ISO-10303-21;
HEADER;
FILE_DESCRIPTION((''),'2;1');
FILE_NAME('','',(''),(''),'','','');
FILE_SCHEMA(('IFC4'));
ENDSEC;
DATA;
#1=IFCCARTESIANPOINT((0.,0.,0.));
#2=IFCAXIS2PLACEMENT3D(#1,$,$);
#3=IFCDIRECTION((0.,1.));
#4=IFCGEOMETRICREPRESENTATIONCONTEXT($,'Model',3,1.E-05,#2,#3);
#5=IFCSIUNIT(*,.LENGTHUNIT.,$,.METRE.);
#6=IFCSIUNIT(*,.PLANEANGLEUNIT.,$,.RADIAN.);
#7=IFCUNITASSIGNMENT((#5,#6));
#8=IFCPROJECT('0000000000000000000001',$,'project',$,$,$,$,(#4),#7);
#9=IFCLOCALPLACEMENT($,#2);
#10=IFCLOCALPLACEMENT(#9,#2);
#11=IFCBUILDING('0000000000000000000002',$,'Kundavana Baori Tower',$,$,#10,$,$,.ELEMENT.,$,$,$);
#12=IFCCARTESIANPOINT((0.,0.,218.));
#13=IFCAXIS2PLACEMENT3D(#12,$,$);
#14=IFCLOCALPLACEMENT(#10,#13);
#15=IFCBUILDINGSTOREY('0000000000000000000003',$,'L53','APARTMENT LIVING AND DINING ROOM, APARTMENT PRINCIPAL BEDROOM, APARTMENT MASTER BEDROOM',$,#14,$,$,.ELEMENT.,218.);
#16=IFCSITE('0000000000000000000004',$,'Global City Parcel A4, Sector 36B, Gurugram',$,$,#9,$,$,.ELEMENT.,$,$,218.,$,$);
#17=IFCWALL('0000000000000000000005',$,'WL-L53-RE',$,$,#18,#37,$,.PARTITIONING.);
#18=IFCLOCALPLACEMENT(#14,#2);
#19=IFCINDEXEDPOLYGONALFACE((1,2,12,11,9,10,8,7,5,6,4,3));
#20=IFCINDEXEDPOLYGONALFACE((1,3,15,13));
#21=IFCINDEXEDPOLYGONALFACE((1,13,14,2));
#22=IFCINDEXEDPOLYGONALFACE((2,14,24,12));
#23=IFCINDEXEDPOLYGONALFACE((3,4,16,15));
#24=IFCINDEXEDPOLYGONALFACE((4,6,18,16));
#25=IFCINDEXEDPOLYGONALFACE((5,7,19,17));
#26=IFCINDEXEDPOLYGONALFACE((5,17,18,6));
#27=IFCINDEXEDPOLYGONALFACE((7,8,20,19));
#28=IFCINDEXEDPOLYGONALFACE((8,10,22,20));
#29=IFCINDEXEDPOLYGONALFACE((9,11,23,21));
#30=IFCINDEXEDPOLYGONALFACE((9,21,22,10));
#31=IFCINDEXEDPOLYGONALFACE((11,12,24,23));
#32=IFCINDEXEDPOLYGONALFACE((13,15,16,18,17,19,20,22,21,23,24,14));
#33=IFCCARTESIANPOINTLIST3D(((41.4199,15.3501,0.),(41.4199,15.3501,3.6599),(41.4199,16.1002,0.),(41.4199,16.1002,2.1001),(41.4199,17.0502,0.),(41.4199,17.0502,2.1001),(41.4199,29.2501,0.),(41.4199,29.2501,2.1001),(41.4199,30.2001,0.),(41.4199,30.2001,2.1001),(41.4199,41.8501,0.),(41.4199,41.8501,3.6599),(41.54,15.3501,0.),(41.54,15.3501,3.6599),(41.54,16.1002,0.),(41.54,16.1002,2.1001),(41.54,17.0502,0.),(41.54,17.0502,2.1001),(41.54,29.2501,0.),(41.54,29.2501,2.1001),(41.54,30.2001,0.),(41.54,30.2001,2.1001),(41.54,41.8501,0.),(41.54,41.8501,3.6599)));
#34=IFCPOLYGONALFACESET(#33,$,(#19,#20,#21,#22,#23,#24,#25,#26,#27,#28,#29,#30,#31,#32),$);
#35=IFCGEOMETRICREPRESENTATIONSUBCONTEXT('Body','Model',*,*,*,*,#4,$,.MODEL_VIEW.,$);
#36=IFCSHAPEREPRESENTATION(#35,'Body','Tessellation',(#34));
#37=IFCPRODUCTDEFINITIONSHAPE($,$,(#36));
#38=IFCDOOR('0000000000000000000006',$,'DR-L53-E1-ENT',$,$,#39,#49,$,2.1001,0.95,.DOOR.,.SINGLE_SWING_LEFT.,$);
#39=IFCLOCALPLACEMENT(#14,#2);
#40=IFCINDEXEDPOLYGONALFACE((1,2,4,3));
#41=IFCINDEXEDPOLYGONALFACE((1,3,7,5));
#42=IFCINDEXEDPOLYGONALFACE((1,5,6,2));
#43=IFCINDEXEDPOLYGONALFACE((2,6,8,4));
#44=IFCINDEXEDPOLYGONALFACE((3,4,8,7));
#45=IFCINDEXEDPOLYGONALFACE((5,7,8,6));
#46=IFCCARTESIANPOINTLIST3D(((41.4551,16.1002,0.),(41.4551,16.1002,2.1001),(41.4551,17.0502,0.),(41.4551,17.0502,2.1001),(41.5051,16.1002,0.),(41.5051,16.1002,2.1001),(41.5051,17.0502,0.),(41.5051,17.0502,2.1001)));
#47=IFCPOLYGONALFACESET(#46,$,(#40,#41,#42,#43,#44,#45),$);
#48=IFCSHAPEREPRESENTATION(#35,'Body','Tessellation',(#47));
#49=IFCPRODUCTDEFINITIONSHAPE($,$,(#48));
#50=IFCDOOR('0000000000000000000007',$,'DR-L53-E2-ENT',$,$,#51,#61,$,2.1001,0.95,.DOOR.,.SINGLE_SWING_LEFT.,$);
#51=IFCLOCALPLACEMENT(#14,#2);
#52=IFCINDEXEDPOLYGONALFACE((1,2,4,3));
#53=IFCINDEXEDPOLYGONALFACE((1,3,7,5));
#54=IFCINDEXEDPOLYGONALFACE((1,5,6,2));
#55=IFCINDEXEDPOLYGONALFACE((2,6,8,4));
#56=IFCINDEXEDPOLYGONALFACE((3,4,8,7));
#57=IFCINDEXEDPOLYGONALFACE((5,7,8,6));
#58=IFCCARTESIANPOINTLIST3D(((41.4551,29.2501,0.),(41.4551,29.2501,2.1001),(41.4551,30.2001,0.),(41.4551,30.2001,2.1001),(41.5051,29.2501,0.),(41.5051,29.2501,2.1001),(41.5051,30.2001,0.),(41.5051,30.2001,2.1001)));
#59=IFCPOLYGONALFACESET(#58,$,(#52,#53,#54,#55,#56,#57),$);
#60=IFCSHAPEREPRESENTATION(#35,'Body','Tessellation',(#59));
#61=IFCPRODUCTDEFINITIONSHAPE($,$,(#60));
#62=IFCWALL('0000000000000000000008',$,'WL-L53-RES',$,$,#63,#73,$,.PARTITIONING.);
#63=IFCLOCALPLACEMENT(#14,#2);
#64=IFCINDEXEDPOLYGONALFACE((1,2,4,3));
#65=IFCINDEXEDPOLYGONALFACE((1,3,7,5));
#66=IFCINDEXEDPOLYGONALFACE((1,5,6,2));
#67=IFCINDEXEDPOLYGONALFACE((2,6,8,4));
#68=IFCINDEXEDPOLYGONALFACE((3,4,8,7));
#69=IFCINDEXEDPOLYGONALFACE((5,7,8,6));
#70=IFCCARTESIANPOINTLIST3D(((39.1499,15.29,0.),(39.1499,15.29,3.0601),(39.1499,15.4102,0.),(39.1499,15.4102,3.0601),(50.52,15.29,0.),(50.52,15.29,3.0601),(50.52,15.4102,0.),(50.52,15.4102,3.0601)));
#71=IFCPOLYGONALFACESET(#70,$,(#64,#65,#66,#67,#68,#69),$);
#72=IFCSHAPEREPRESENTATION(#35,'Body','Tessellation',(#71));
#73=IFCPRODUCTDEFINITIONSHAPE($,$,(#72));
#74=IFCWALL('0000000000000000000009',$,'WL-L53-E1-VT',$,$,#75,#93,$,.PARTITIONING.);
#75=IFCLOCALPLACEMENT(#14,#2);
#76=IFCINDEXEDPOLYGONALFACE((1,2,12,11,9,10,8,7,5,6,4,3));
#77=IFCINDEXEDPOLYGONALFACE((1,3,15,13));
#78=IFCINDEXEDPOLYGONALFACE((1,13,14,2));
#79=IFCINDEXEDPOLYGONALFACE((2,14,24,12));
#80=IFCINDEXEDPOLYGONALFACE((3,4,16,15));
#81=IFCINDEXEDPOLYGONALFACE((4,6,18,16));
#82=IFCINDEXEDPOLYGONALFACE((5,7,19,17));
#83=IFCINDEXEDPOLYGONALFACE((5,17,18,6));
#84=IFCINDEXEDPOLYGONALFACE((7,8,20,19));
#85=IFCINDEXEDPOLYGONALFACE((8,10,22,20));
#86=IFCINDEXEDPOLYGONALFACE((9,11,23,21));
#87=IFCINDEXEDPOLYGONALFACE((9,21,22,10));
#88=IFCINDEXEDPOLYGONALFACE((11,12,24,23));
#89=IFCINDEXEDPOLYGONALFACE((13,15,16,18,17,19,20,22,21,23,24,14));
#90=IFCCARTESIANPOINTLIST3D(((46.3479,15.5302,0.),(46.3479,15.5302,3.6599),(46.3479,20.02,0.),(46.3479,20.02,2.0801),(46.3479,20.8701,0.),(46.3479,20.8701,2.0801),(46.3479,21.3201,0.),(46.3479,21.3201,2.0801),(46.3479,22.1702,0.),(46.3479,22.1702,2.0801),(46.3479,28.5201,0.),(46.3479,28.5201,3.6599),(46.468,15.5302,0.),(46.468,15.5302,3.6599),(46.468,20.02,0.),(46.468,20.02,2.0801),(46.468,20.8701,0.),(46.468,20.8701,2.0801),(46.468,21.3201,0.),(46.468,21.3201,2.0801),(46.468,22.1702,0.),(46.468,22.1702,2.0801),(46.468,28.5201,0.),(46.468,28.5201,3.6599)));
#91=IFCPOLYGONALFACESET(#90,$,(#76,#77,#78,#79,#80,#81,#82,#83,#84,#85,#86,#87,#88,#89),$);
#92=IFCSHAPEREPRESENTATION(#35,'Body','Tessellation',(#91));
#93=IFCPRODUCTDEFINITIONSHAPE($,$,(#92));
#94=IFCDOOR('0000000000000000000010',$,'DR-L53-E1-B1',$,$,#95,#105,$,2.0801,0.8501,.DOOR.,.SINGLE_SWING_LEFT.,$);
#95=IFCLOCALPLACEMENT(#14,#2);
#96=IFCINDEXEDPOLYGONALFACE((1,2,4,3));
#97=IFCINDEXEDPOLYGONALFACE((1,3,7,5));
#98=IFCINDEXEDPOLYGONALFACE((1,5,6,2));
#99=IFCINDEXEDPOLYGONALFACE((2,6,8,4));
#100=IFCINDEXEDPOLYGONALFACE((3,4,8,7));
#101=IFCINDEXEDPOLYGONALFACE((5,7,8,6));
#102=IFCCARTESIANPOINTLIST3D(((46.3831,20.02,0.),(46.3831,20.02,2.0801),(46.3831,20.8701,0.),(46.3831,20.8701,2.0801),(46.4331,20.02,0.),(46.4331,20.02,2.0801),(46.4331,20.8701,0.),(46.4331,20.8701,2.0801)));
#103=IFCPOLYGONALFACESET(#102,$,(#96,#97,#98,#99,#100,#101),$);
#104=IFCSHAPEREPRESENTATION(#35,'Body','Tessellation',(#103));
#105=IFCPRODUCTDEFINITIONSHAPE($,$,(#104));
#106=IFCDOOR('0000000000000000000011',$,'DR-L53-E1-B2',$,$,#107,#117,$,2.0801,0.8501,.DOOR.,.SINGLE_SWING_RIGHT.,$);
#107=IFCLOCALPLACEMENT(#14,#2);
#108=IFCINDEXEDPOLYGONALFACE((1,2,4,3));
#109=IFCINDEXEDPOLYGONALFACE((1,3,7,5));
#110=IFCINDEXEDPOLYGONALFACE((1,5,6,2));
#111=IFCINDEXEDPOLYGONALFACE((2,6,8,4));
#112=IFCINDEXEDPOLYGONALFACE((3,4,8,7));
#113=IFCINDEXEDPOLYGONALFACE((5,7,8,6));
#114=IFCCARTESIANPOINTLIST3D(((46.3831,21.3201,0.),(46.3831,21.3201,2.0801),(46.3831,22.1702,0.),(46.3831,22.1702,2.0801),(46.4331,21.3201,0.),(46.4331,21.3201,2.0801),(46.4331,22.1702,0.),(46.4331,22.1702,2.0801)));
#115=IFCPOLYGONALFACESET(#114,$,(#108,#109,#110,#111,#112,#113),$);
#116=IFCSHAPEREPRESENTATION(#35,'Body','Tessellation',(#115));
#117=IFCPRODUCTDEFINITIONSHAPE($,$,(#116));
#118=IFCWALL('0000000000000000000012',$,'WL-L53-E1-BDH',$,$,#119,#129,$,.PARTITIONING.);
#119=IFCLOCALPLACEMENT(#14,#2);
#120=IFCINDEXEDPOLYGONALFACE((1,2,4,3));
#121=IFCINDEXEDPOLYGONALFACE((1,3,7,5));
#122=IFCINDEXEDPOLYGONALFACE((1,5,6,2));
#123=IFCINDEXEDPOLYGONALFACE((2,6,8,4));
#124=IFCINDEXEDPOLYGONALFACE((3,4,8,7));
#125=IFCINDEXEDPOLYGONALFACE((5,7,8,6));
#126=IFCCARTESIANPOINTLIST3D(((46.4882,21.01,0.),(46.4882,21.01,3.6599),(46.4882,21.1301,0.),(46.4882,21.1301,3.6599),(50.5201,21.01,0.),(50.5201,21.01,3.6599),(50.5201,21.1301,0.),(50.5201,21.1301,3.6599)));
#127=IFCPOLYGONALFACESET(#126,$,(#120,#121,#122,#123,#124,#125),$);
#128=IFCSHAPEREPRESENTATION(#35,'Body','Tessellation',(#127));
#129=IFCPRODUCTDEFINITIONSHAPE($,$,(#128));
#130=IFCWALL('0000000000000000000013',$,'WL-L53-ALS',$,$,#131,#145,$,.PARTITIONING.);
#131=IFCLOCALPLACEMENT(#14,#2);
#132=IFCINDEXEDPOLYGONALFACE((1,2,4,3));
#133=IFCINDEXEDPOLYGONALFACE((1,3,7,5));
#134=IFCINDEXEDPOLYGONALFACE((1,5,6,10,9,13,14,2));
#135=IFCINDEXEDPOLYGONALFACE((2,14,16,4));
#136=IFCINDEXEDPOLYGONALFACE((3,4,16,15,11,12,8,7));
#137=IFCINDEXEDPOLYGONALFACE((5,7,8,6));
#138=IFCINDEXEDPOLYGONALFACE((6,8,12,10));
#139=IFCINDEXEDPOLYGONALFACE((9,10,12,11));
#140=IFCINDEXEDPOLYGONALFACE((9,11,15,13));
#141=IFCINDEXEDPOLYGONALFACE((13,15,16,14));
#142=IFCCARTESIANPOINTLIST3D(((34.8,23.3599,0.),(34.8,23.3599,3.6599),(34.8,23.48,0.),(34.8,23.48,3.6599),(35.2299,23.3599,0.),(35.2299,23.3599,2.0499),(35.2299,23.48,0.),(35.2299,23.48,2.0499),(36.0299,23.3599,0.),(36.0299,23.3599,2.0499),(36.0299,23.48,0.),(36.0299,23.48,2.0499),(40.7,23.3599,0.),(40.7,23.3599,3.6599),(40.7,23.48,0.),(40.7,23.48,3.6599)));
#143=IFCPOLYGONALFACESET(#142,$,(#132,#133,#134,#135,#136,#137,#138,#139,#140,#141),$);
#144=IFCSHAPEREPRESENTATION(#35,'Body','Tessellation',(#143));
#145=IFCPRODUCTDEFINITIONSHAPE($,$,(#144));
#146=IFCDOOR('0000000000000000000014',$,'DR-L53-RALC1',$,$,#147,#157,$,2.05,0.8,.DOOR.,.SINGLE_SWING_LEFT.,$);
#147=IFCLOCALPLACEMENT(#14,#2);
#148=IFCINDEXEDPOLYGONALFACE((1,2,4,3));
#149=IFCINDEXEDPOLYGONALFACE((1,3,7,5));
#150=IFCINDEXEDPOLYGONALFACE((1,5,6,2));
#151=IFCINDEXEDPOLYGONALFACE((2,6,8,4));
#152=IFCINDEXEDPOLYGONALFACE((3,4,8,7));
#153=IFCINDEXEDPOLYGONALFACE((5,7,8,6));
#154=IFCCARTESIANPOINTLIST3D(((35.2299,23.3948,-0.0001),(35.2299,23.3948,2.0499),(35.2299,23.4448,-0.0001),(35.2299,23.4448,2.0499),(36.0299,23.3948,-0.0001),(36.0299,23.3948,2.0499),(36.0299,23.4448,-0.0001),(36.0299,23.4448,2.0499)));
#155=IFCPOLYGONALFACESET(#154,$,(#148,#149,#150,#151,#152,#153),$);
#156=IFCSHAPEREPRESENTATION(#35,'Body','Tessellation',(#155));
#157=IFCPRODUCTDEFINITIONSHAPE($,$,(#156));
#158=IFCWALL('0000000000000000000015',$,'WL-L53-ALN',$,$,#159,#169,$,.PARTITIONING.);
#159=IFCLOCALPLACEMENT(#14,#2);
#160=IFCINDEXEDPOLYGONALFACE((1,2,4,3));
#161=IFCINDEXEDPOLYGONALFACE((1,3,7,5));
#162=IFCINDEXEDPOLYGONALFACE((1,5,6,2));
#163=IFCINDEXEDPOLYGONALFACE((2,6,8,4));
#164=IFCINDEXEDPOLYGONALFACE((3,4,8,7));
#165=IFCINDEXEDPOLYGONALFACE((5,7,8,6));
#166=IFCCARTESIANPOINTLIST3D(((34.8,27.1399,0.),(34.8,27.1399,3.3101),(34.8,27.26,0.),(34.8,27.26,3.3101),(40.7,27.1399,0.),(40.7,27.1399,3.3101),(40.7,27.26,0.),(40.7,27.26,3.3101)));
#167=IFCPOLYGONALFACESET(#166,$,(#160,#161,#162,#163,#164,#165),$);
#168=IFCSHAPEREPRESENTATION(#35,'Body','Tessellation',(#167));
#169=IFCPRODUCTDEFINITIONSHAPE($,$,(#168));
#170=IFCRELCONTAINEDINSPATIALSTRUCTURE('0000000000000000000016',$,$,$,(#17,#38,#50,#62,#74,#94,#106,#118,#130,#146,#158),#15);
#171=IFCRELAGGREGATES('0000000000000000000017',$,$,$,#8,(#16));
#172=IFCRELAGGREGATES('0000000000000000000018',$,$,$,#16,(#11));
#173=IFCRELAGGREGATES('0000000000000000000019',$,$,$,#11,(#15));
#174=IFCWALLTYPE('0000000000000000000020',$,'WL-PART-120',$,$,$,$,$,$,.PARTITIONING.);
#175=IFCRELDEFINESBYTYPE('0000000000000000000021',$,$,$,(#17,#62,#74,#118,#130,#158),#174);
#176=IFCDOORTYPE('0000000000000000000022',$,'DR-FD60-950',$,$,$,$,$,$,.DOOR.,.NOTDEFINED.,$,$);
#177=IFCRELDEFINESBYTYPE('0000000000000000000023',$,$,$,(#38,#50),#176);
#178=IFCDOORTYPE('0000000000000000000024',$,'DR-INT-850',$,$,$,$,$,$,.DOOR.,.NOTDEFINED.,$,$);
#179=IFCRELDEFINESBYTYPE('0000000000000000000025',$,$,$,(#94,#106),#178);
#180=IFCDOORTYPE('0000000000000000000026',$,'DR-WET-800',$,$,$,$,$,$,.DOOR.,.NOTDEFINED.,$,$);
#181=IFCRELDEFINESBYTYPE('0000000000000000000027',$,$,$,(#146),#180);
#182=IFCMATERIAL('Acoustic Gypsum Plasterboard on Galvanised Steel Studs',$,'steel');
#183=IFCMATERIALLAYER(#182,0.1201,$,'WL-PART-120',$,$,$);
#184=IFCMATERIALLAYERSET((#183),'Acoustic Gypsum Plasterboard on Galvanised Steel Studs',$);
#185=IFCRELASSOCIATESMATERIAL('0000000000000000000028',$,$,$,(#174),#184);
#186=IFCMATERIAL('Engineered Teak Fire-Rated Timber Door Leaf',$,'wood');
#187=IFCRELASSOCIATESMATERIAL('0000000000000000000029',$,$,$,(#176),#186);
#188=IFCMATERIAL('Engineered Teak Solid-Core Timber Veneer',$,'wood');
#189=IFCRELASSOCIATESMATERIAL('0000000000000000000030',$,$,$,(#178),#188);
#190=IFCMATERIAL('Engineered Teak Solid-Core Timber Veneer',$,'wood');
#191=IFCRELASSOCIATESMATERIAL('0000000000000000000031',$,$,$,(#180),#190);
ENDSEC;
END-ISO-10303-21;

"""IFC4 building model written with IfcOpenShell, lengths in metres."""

from ifc_helpers import new_model, si_unit, direction, frame, frame_2d, origin, place, context, subcontext, project, spatial, rectangle, extrude, material, layer, layer_set, type_object, element, fill, save


model = new_model("IFC4")

# Units and contexts
model_context = context("Model", 3, precision=1e-05, world=origin(), true_north=direction((0.0, 1.0)))
body_context = subcontext(model_context, "Body", "Model", "MODEL_VIEW")
ifc_project = project(units=[si_unit("LENGTHUNIT", "METRE"), si_unit("PLANEANGLEUNIT", "RADIAN")], contexts=[model_context])

# Site, building, storey
site_placement = place(None, origin())
site = spatial("IfcSite", under=ifc_project, at=site_placement, Name="Global City Parcel A4, Sector 36B, Gurugram", CompositionType="ELEMENT", RefElevation=218.0)
building_placement = place(site_placement, origin())
building = spatial("IfcBuilding", under=site, at=building_placement, Name="Kundavana Baori Tower", CompositionType="ELEMENT")
storey_placement = place(building_placement, frame((0.0, 0.0, 218.0)))
storey = spatial("IfcBuildingStorey", under=building, at=storey_placement, Name="L53", Description="APARTMENT LIVING AND DINING ROOM, APARTMENT PRINCIPAL BEDROOM, APARTMENT MASTER BEDROOM", CompositionType="ELEMENT", Elevation=218.0)

# Wall, openings, doors
ifc_material_1 = material(Name="Acoustic Gypsum Plasterboard on Galvanised Steel Studs", Category="steel")
ifc_layer_1 = layer(ifc_material_1, 0.1201, Name="WL-PART-120")
ifc_layer_set_1 = layer_set([ifc_layer_1], Name="Acoustic Gypsum Plasterboard on Galvanised Steel Studs")
wall_type_1 = type_object("IfcWallType", Name="WL-PART-120", PredefinedType="PARTITIONING", material=ifc_layer_set_1)
wall_1_placement = place(storey_placement, frame((41.48, 15.3501, 0.0), z_axis=(0.0, 0.0, 1.0), x_axis=(0.0, 1.0, 0.0)))
wall_1 = element("IfcWall", 1, at=wall_1_placement, inside=storey, type_object=wall_type_1, Name="WL-L53-RE", PredefinedType="PARTITIONING", context=body_context, shape_type="SweptSolid", body=[
    extrude(rectangle(XDim=26.5, YDim=0.1201, at=frame_2d((13.25, 0.0))), origin(), (0.0, 0.0, 1.0), 3.6599),
])
opening_1_placement = place(wall_1_placement, frame((0.75, 0.0, 0.0)))
opening_1 = element("IfcOpeningElement", 2, at=opening_1_placement, cuts=wall_1, PredefinedType="OPENING", context=body_context, shape_type="SweptSolid", body=[
    extrude(rectangle(XDim=0.95, YDim=2.1001, at=frame_2d((0.4751, 1.05))), frame((0.0, 0.0701, 0.0), z_axis=(0.0, -1.0, 0.0), x_axis=(1.0, 0.0, 0.0)), (0.0, 0.0, 1.0), 0.1401),
])
opening_2_placement = place(wall_1_placement, frame((13.8999, 0.0, 0.0)))
opening_2 = element("IfcOpeningElement", 3, at=opening_2_placement, cuts=wall_1, PredefinedType="OPENING", context=body_context, shape_type="SweptSolid", body=[
    extrude(rectangle(XDim=0.95, YDim=2.1001, at=frame_2d((0.4751, 1.05))), frame((0.0, 0.0701, 0.0), z_axis=(0.0, -1.0, 0.0), x_axis=(1.0, 0.0, 0.0)), (0.0, 0.0, 1.0), 0.1401),
])
ifc_material_2 = material(Name="Engineered Teak Fire-Rated Timber Door Leaf", Category="wood")
door_type_1 = type_object("IfcDoorType", Name="DR-FD60-950", OperationType="NOTDEFINED", PredefinedType="DOOR", material=ifc_material_2)
door_1_placement = place(opening_1_placement, origin())
door_1 = element("IfcDoor", 4, at=door_1_placement, inside=storey, type_object=door_type_1, Name="DR-L53-E1-ENT", OperationType="SINGLE_SWING_LEFT", OverallHeight=2.1001, OverallWidth=0.95, PredefinedType="DOOR", context=body_context, shape_type="SweptSolid", body=[
    extrude(rectangle(XDim=0.95, YDim=2.1001, at=frame_2d((0.4751, 1.05))), frame((0.0, 0.0249, 0.0), z_axis=(0.0, -1.0, 0.0), x_axis=(1.0, 0.0, 0.0)), (0.0, 0.0, 1.0), 0.05),
])
fill(opening_1, door_1)
door_2_placement = place(opening_2_placement, origin())
door_2 = element("IfcDoor", 5, at=door_2_placement, inside=storey, type_object=door_type_1, Name="DR-L53-E2-ENT", OperationType="SINGLE_SWING_LEFT", OverallHeight=2.1001, OverallWidth=0.95, PredefinedType="DOOR", context=body_context, shape_type="SweptSolid", body=[
    extrude(rectangle(XDim=0.95, YDim=2.1001, at=frame_2d((0.4751, 1.05))), frame((0.0, 0.0249, 0.0), z_axis=(0.0, -1.0, 0.0), x_axis=(1.0, 0.0, 0.0)), (0.0, 0.0, 1.0), 0.05),
])
fill(opening_2, door_2)

# Wall
wall_2_placement = place(storey_placement, frame((39.1499, 15.3501, 0.0), z_axis=(0.0, 0.0, 1.0), x_axis=(1.0, 0.0, 0.0)))
element("IfcWall", 6, at=wall_2_placement, inside=storey, type_object=wall_type_1, Name="WL-L53-RES", PredefinedType="PARTITIONING", context=body_context, shape_type="SweptSolid", body=[
    extrude(rectangle(XDim=11.3701, YDim=0.1201, at=frame_2d((5.6851, 0.0))), origin(), (0.0, 0.0, 1.0), 3.0601),
])

# Wall, openings, doors
wall_3_placement = place(storey_placement, frame((46.408, 15.53, 0.0), z_axis=(0.0, 0.0, 1.0), x_axis=(0.0, 1.0, 0.0)))
wall_3 = element("IfcWall", 7, at=wall_3_placement, inside=storey, type_object=wall_type_1, Name="WL-L53-E1-VT", PredefinedType="PARTITIONING", context=body_context, shape_type="SweptSolid", body=[
    extrude(rectangle(XDim=12.99, YDim=0.1201, at=frame_2d((6.4951, 0.0))), origin(), (0.0, 0.0, 1.0), 3.6599),
])
opening_3_placement = place(wall_3_placement, frame((4.49, 0.0, 0.0)))
opening_3 = element("IfcOpeningElement", 8, at=opening_3_placement, cuts=wall_3, PredefinedType="OPENING", context=body_context, shape_type="SweptSolid", body=[
    extrude(rectangle(XDim=0.8501, YDim=2.0801, at=frame_2d((0.425, 1.04))), frame((0.0, 0.0701, 0.0), z_axis=(0.0, -1.0, 0.0), x_axis=(1.0, 0.0, 0.0)), (0.0, 0.0, 1.0), 0.1401),
])
opening_4_placement = place(wall_3_placement, frame((5.79, 0.0, 0.0)))
opening_4 = element("IfcOpeningElement", 9, at=opening_4_placement, cuts=wall_3, PredefinedType="OPENING", context=body_context, shape_type="SweptSolid", body=[
    extrude(rectangle(XDim=0.8501, YDim=2.0801, at=frame_2d((0.425, 1.04))), frame((0.0, 0.0701, 0.0), z_axis=(0.0, -1.0, 0.0), x_axis=(1.0, 0.0, 0.0)), (0.0, 0.0, 1.0), 0.1401),
])
ifc_material_3 = material(Name="Engineered Teak Solid-Core Timber Veneer", Category="wood")
door_type_2 = type_object("IfcDoorType", Name="DR-INT-850", OperationType="NOTDEFINED", PredefinedType="DOOR", material=ifc_material_3)
door_3_placement = place(opening_3_placement, origin())
door_3 = element("IfcDoor", 10, at=door_3_placement, inside=storey, type_object=door_type_2, Name="DR-L53-E1-B1", OperationType="SINGLE_SWING_LEFT", OverallHeight=2.0801, OverallWidth=0.8501, PredefinedType="DOOR", context=body_context, shape_type="SweptSolid", body=[
    extrude(rectangle(XDim=0.8501, YDim=2.0801, at=frame_2d((0.425, 1.04))), frame((0.0, 0.0249, 0.0), z_axis=(0.0, -1.0, 0.0), x_axis=(1.0, 0.0, 0.0)), (0.0, 0.0, 1.0), 0.05),
])
fill(opening_3, door_3)
door_4_placement = place(opening_4_placement, origin())
door_4 = element("IfcDoor", 11, at=door_4_placement, inside=storey, type_object=door_type_2, Name="DR-L53-E1-B2", OperationType="SINGLE_SWING_RIGHT", OverallHeight=2.0801, OverallWidth=0.8501, PredefinedType="DOOR", context=body_context, shape_type="SweptSolid", body=[
    extrude(rectangle(XDim=0.8501, YDim=2.0801, at=frame_2d((0.425, 1.04))), frame((0.0, 0.0249, 0.0), z_axis=(0.0, -1.0, 0.0), x_axis=(1.0, 0.0, 0.0)), (0.0, 0.0, 1.0), 0.05),
])
fill(opening_4, door_4)

# Wall
wall_4_placement = place(storey_placement, frame((46.488, 21.0701, 0.0), z_axis=(0.0, 0.0, 1.0), x_axis=(1.0, 0.0, 0.0)))
element("IfcWall", 12, at=wall_4_placement, inside=storey, type_object=wall_type_1, Name="WL-L53-E1-BDH", PredefinedType="PARTITIONING", context=body_context, shape_type="SweptSolid", body=[
    extrude(rectangle(XDim=4.032, YDim=0.1201, at=frame_2d((2.0161, 0.0))), origin(), (0.0, 0.0, 1.0), 3.6599),
])

# Wall, opening, door
wall_5_placement = place(storey_placement, frame((34.8, 23.4199, 0.0), z_axis=(0.0, 0.0, 1.0), x_axis=(1.0, 0.0, 0.0)))
wall_5 = element("IfcWall", 13, at=wall_5_placement, inside=storey, type_object=wall_type_1, Name="WL-L53-ALS", PredefinedType="PARTITIONING", context=body_context, shape_type="SweptSolid", body=[
    extrude(rectangle(XDim=5.8999, YDim=0.1201, at=frame_2d((2.95, 0.0))), origin(), (0.0, 0.0, 1.0), 3.6599),
])
opening_5_placement = place(wall_5_placement, frame((0.4299, 0.0, 0.0)))
opening_5 = element("IfcOpeningElement", 14, at=opening_5_placement, cuts=wall_5, PredefinedType="OPENING", context=body_context, shape_type="SweptSolid", body=[
    extrude(rectangle(XDim=0.8, YDim=2.05, at=frame_2d((0.3999, 1.0249))), frame((0.0, 0.0701, 0.0), z_axis=(0.0, -1.0, 0.0), x_axis=(1.0, 0.0, 0.0)), (0.0, 0.0, 1.0), 0.1401),
])
ifc_material_4 = material(Name="Engineered Teak Solid-Core Timber Veneer", Category="wood")
door_type_3 = type_object("IfcDoorType", Name="DR-WET-800", OperationType="NOTDEFINED", PredefinedType="DOOR", material=ifc_material_4)
door_5_placement = place(opening_5_placement, origin())
door_5 = element("IfcDoor", 15, at=door_5_placement, inside=storey, type_object=door_type_3, Name="DR-L53-RALC1", OperationType="SINGLE_SWING_LEFT", OverallHeight=2.05, OverallWidth=0.8, PredefinedType="DOOR", context=body_context, shape_type="SweptSolid", body=[
    extrude(rectangle(XDim=0.8, YDim=2.05, at=frame_2d((0.3999, 1.0249))), frame((0.0, 0.0249, 0.0), z_axis=(0.0, -1.0, 0.0), x_axis=(1.0, 0.0, 0.0)), (0.0, 0.0, 1.0), 0.05),
])
fill(opening_5, door_5)

# Wall
wall_6_placement = place(storey_placement, frame((34.8, 27.2, 0.0), z_axis=(0.0, 0.0, 1.0), x_axis=(1.0, 0.0, 0.0)))
element("IfcWall", 16, at=wall_6_placement, inside=storey, type_object=wall_type_1, Name="WL-L53-ALN", PredefinedType="PARTITIONING", context=body_context, shape_type="SweptSolid", body=[
    extrude(rectangle(XDim=5.8999, YDim=0.1201, at=frame_2d((2.95, 0.0))), origin(), (0.0, 0.0, 1.0), 3.3101),
])

save(model, "model.ifc")
